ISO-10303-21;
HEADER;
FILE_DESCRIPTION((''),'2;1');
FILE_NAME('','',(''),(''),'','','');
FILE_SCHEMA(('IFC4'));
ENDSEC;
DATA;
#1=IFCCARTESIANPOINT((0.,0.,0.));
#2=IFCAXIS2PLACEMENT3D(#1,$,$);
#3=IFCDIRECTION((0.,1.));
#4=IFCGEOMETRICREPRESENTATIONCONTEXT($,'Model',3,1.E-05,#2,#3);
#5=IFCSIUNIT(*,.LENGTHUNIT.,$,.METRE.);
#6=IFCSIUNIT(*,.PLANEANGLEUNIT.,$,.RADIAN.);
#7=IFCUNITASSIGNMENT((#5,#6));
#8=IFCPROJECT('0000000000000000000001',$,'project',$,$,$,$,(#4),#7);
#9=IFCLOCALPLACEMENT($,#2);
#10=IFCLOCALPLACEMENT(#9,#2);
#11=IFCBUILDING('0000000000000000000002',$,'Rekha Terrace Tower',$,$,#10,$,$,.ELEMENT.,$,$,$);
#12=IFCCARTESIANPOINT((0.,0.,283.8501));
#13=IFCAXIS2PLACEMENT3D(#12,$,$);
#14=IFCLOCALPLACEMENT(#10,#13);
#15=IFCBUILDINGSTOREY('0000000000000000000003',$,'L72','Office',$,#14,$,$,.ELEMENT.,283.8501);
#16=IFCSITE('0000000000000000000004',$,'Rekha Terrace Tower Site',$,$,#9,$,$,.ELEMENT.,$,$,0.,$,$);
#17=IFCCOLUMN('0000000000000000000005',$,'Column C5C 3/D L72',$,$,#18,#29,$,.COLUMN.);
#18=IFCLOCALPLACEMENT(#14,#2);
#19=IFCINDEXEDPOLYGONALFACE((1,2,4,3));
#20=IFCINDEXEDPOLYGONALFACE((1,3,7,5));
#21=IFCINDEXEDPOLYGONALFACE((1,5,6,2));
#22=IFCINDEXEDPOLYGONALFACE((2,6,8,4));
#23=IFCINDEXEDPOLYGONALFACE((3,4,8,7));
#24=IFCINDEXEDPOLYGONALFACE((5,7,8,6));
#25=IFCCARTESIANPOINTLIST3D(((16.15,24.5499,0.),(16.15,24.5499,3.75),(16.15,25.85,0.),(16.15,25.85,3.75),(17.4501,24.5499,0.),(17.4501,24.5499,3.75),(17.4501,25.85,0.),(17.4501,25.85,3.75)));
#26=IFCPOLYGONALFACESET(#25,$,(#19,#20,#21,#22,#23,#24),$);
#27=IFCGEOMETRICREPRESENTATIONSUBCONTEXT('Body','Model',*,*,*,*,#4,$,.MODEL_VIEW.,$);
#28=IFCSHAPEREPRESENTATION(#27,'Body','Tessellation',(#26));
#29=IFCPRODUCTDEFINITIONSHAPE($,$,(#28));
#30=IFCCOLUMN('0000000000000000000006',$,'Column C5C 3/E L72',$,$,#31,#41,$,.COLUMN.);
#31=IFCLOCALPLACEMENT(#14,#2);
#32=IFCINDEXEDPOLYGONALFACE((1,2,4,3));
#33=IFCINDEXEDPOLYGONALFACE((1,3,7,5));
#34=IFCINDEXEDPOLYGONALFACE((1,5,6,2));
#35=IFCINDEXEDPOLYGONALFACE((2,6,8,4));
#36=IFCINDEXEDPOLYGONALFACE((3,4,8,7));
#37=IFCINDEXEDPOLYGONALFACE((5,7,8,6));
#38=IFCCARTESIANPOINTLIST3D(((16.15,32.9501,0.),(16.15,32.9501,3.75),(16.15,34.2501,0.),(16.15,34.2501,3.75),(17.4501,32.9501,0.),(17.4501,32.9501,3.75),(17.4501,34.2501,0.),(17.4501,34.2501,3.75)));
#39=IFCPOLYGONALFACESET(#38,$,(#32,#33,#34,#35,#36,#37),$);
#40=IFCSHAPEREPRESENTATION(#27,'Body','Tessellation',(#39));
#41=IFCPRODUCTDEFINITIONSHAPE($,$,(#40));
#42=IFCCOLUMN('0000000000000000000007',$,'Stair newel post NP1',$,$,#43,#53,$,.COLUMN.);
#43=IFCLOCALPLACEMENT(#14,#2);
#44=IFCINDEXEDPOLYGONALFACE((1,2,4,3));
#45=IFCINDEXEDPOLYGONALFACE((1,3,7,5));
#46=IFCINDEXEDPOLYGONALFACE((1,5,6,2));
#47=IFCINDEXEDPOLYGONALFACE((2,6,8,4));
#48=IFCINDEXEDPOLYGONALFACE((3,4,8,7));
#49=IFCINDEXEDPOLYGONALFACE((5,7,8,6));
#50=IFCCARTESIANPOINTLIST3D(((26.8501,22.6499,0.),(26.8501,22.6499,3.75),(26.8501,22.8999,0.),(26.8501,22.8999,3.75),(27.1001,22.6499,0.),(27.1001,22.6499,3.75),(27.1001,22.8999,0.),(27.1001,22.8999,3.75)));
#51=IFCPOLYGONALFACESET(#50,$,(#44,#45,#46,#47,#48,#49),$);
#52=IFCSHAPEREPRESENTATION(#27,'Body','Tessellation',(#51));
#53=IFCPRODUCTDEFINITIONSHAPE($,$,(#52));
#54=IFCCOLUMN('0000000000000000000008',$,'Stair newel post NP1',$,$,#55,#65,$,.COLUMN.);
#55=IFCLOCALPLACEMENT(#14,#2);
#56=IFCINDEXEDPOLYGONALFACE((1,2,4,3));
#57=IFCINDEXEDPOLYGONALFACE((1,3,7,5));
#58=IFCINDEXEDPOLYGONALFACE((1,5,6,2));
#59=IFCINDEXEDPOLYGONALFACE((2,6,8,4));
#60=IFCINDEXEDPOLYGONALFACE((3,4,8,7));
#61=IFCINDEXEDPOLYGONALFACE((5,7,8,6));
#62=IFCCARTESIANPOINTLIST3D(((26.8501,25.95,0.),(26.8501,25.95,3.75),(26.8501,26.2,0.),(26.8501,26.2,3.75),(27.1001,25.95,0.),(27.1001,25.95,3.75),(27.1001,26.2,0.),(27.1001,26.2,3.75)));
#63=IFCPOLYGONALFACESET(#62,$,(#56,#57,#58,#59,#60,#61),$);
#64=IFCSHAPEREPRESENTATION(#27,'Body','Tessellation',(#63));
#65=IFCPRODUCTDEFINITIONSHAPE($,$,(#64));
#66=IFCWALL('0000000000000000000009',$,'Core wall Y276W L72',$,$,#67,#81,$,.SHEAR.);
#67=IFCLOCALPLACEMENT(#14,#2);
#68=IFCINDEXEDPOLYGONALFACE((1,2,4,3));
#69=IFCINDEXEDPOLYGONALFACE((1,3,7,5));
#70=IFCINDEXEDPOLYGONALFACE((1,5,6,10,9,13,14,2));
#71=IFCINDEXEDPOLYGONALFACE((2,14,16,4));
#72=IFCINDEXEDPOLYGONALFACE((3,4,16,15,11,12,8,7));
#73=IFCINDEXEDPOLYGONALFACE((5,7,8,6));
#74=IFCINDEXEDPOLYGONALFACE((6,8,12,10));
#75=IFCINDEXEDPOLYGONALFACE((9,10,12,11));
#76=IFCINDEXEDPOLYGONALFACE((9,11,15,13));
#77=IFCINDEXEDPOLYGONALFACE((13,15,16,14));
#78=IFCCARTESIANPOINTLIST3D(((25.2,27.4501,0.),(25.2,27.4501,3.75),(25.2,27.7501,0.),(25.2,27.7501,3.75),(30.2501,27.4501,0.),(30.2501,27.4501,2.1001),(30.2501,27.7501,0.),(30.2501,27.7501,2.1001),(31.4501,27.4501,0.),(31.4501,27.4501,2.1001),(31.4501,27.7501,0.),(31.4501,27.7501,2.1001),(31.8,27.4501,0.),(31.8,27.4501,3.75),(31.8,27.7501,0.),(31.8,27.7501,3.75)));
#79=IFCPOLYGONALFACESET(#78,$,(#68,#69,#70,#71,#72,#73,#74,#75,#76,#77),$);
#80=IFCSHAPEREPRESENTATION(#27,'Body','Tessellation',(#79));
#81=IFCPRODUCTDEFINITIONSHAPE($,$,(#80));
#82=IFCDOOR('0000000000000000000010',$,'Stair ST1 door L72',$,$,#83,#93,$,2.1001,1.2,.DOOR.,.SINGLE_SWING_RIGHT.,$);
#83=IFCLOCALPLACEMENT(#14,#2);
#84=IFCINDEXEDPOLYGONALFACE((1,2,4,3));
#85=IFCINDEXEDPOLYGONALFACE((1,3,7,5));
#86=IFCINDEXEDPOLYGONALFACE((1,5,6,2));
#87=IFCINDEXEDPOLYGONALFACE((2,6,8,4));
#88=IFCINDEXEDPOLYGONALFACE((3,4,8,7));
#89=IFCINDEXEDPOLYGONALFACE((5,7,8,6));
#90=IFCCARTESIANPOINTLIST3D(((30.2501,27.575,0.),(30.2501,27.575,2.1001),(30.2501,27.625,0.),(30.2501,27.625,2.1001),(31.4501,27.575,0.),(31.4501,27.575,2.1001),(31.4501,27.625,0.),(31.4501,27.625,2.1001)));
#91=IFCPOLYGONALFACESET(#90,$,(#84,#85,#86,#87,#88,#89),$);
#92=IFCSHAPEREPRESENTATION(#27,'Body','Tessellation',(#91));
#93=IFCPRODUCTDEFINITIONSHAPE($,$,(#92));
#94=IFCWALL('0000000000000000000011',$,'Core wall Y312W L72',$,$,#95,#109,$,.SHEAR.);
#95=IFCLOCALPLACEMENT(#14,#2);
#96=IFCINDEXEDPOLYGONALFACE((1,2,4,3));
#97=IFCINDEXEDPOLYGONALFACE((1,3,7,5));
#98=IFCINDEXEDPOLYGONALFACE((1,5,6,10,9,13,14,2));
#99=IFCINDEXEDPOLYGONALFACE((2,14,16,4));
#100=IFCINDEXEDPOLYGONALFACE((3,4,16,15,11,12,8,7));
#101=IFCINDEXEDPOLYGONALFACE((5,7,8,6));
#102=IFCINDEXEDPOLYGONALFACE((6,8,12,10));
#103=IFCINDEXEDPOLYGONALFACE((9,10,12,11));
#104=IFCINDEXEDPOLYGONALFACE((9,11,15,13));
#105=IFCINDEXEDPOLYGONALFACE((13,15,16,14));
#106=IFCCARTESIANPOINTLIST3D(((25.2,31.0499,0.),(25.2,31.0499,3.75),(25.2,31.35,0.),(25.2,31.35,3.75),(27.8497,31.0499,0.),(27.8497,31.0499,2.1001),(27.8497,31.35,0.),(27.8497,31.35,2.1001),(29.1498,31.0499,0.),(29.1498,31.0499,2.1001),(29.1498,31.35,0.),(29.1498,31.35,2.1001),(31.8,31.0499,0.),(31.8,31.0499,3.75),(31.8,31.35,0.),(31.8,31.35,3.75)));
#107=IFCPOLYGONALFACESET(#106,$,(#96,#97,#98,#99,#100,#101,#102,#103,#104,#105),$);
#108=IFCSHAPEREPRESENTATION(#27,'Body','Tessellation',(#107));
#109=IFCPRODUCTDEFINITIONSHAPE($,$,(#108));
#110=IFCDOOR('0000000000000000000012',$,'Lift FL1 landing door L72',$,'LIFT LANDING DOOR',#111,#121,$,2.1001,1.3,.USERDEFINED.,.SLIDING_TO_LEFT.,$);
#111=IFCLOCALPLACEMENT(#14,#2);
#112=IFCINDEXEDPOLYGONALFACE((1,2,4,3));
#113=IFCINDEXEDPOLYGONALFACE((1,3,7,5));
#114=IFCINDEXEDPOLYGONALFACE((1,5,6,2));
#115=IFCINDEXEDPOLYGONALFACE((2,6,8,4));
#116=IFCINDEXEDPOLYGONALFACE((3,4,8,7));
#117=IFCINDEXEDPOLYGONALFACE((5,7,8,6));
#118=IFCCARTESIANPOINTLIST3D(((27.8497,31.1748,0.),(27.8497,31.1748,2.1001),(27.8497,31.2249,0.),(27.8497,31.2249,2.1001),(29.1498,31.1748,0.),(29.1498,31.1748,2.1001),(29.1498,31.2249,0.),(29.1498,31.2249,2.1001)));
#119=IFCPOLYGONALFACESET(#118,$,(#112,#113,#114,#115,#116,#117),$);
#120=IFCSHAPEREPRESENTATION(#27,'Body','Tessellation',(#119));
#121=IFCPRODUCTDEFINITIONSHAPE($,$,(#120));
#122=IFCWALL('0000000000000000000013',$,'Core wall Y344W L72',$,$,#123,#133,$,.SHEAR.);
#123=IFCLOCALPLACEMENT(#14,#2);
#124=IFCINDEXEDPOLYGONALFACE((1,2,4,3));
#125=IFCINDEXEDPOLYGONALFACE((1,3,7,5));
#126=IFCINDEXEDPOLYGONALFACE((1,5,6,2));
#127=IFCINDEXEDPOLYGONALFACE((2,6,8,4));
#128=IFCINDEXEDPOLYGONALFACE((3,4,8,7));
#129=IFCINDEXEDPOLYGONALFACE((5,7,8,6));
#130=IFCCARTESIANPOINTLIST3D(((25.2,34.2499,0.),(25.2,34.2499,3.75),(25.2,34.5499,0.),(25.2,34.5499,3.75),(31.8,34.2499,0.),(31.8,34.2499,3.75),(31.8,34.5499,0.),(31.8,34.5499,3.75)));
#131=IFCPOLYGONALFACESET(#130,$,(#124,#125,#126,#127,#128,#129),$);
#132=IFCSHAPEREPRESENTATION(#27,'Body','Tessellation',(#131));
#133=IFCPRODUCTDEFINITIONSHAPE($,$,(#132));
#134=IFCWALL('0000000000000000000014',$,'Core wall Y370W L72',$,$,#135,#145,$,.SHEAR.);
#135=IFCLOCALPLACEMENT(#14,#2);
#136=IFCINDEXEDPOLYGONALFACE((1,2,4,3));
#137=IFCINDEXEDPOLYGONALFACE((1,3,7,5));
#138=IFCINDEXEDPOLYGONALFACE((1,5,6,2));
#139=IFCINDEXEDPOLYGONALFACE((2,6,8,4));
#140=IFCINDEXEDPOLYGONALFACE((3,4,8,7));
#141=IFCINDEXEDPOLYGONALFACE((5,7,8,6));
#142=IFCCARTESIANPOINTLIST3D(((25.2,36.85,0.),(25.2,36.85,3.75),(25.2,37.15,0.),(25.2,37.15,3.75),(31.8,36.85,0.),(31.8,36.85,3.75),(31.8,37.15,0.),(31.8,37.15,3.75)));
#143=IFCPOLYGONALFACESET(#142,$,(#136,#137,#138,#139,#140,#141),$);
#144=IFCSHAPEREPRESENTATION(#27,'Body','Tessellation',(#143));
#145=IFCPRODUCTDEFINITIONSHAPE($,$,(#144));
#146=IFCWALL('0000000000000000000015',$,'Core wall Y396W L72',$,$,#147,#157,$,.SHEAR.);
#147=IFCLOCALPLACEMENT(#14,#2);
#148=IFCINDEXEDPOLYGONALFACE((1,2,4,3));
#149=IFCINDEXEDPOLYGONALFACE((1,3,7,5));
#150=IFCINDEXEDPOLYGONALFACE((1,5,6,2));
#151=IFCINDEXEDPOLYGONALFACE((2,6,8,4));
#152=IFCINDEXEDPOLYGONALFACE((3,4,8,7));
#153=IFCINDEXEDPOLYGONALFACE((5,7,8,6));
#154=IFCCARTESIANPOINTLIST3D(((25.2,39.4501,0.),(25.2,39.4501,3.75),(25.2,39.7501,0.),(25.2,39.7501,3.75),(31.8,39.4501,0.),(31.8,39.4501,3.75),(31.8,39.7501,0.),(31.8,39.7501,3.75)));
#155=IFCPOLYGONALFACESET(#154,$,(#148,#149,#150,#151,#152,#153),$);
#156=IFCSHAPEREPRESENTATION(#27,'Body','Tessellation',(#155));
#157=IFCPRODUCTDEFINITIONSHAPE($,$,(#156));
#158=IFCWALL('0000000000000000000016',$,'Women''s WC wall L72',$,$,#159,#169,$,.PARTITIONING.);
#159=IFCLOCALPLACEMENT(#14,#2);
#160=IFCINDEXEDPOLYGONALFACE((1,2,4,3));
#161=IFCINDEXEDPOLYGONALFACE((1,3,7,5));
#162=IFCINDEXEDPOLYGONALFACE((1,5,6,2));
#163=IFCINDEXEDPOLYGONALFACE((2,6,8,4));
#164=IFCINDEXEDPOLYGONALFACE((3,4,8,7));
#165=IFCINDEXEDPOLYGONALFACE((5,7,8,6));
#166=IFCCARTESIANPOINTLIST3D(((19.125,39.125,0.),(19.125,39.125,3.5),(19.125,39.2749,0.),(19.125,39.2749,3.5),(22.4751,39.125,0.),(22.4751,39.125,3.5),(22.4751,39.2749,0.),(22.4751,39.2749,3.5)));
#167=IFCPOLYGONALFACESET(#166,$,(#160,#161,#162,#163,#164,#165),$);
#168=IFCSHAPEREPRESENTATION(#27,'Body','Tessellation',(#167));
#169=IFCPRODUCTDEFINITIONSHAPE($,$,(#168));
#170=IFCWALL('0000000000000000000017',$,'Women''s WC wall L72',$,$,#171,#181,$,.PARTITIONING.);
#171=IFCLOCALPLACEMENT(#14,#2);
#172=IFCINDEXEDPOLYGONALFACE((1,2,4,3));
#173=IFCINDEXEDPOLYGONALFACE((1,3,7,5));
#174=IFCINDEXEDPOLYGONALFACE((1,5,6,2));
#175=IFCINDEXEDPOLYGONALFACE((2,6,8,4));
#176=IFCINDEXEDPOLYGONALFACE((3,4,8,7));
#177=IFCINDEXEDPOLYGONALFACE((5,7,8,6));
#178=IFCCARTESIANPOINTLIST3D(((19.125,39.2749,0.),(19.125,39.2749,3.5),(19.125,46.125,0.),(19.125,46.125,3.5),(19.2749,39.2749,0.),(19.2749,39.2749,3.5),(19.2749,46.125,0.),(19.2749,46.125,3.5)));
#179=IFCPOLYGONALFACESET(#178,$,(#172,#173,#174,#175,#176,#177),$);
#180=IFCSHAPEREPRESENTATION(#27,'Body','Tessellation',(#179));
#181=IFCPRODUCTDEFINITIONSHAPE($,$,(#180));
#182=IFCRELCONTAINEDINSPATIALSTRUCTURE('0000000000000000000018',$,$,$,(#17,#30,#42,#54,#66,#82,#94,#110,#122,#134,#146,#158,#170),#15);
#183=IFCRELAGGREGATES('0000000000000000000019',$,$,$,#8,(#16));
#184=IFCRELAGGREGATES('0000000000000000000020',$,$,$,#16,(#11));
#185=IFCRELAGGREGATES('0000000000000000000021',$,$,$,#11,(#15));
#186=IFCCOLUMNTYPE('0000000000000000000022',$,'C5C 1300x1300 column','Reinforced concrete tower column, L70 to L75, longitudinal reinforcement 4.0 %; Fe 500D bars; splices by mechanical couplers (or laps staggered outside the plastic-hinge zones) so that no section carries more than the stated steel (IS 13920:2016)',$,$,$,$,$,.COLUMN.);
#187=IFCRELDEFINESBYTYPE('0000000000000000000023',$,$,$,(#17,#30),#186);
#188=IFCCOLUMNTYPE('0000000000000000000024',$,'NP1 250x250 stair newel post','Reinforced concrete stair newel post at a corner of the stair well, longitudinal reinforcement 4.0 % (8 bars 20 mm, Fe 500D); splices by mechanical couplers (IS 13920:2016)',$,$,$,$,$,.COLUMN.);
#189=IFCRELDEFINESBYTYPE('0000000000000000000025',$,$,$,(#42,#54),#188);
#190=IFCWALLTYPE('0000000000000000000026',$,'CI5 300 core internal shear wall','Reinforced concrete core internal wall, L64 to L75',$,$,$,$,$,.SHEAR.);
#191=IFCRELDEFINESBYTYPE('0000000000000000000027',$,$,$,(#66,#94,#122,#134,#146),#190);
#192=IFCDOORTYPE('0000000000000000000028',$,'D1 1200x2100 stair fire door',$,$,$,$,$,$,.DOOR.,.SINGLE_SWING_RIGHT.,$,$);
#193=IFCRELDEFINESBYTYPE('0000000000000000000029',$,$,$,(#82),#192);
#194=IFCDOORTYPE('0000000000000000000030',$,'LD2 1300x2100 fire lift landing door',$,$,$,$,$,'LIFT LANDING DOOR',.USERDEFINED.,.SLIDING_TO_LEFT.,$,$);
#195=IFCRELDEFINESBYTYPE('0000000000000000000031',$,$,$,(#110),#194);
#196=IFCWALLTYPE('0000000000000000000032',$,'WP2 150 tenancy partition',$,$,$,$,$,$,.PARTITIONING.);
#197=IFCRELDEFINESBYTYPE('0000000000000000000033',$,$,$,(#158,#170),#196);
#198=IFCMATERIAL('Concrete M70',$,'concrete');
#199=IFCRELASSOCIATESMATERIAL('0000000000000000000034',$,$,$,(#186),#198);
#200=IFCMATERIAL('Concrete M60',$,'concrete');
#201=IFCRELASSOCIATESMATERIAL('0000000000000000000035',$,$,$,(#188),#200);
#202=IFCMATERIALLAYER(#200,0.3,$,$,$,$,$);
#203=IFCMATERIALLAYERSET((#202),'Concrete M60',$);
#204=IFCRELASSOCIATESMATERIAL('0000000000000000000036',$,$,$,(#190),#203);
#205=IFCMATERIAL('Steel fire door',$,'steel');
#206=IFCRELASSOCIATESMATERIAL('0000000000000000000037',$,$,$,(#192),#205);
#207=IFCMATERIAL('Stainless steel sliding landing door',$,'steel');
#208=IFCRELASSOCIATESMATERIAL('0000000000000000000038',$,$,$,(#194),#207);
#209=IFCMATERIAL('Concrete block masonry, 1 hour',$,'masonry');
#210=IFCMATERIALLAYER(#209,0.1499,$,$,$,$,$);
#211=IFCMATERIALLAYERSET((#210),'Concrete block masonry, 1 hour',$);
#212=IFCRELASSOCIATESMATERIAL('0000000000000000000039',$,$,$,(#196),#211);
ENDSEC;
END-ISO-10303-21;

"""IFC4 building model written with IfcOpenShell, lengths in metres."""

from ifc_helpers import new_model, si_unit, direction, frame, frame_2d, origin, origin_2d, place, context, subcontext, project, spatial, rectangle, extrude, material, layer, layer_set, material_profile, profile_set, type_object, element, fill, save


model = new_model("IFC4")

# Units and contexts
model_context = context("Model", 3, precision=1e-05, world=origin(), true_north=direction((0.0, 1.0)))
body_context = subcontext(model_context, "Body", "Model", "MODEL_VIEW")
ifc_project = project(units=[si_unit("LENGTHUNIT", "METRE"), si_unit("PLANEANGLEUNIT", "RADIAN")], contexts=[model_context])

# Site, building, storey
site_placement = place(None, origin())
site = spatial("IfcSite", under=ifc_project, at=site_placement, Name="Rekha Terrace Tower Site", CompositionType="ELEMENT", RefElevation=0.0)
building_placement = place(site_placement, origin())
building = spatial("IfcBuilding", under=site, at=building_placement, Name="Rekha Terrace Tower", CompositionType="ELEMENT")
storey_placement = place(building_placement, frame((0.0, 0.0, 283.8501)))
storey = spatial("IfcBuildingStorey", under=building, at=storey_placement, Name="L72", Description="Office", CompositionType="ELEMENT", Elevation=283.8501)

# Columns
ifc_material_1 = material(Name="Concrete M70", Category="concrete")
ifc_material_profile_1 = material_profile(ifc_material_1, rectangle(XDim=1.3, YDim=1.3, at=origin_2d()), Name="RC 1300x1300")
ifc_profile_set_1 = profile_set([ifc_material_profile_1], Name="Concrete M70")
column_type_1 = type_object("IfcColumnType", Name="C5C 1300x1300 column", Description="Reinforced concrete tower column, L70 to L75, longitudinal reinforcement 4.0 %; Fe 500D bars; splices by mechanical couplers (or laps staggered outside the plastic-hinge zones) so that no section carries more than the stated steel (IS 13920:2016)", PredefinedType="COLUMN", material=ifc_profile_set_1)
for number, where, z_axis, x_axis, name in (
    (1, (16.8, 25.2, 0.0), (0.0, 0.0, 1.0), (1.0, 0.0, 0.0), "Column C5C 3/D L72"),
    (2, (16.8, 33.6001, 0.0), (0.0, 0.0, 1.0), (1.0, 0.0, 0.0), "Column C5C 3/E L72"),
):
    element("IfcColumn", number, at=place(storey_placement, frame(where, z_axis=z_axis, x_axis=x_axis)), inside=storey, type_object=column_type_1, Name=name, PredefinedType="COLUMN", context=body_context, shape_type="SweptSolid", body=[
        extrude(rectangle(XDim=1.3, YDim=1.3, at=origin_2d()), origin(), (0.0, 0.0, 1.0), 3.75),
    ])
ifc_material_2 = material(Name="Concrete M60", Category="concrete")
ifc_material_profile_2 = material_profile(ifc_material_2, rectangle(XDim=0.25, YDim=0.25, at=origin_2d()), Name="RC 250x250")
ifc_profile_set_2 = profile_set([ifc_material_profile_2], Name="Concrete M60")
column_type_2 = type_object("IfcColumnType", Name="NP1 250x250 stair newel post", Description="Reinforced concrete stair newel post at a corner of the stair well, longitudinal reinforcement 4.0 % (8 bars 20 mm, Fe 500D); splices by mechanical couplers (IS 13920:2016)", PredefinedType="COLUMN", material=ifc_profile_set_2)
for number, where, z_axis, x_axis, name in (
    (3, (26.9751, 22.7749, 0.0), (0.0, 0.0, 1.0), (1.0, 0.0, 0.0), "Stair newel post NP1"),
    (4, (26.9751, 26.075, 0.0), (0.0, 0.0, 1.0), (1.0, 0.0, 0.0), "Stair newel post NP1"),
):
    element("IfcColumn", number, at=place(storey_placement, frame(where, z_axis=z_axis, x_axis=x_axis)), inside=storey, type_object=column_type_2, Name=name, PredefinedType="COLUMN", context=body_context, shape_type="SweptSolid", body=[
        extrude(rectangle(XDim=0.25, YDim=0.25, at=origin_2d()), origin(), (0.0, 0.0, 1.0), 3.75),
    ])

# Walls, openings, doors
ifc_layer_1 = layer(ifc_material_2, 0.3)
ifc_layer_set_1 = layer_set([ifc_layer_1], Name="Concrete M60")
wall_type_1 = type_object("IfcWallType", Name="CI5 300 core internal shear wall", Description="Reinforced concrete core internal wall, L64 to L75", PredefinedType="SHEAR", material=ifc_layer_set_1)
wall_1_placement = place(storey_placement, frame((25.2, 27.6001, 0.0), z_axis=(0.0, 0.0, 1.0), x_axis=(1.0, 0.0, 0.0)))
wall_1 = element("IfcWall", 5, at=wall_1_placement, inside=storey, type_object=wall_type_1, Name="Core wall Y276W L72", PredefinedType="SHEAR", context=body_context, shape_type="SweptSolid", body=[
    extrude(rectangle(XDim=6.6001, YDim=0.3, at=frame_2d((3.3, 0.0))), origin(), (0.0, 0.0, 1.0), 3.75),
])
opening_1_placement = place(wall_1_placement, frame((5.05, 0.0, 0.0)))
opening_1 = element("IfcOpeningElement", 6, at=opening_1_placement, cuts=wall_1, PredefinedType="OPENING", context=body_context, shape_type="SweptSolid", body=[
    extrude(rectangle(XDim=1.2, YDim=2.1001, at=frame_2d((0.6001, 1.05))), frame((0.0, 0.1599, 0.0), z_axis=(0.0, -1.0, 0.0), x_axis=(1.0, 0.0, 0.0)), (0.0, 0.0, 1.0), 0.3201),
])
ifc_material_3 = material(Name="Steel fire door", Category="steel")
door_type_1 = type_object("IfcDoorType", Name="D1 1200x2100 stair fire door", OperationType="SINGLE_SWING_RIGHT", PredefinedType="DOOR", material=ifc_material_3)
door_1_placement = place(opening_1_placement, origin())
door_1 = element("IfcDoor", 7, at=door_1_placement, inside=storey, type_object=door_type_1, Name="Stair ST1 door L72", OperationType="SINGLE_SWING_RIGHT", OverallHeight=2.1001, OverallWidth=1.2, PredefinedType="DOOR", context=body_context, shape_type="SweptSolid", body=[
    extrude(rectangle(XDim=1.2, YDim=2.1001, at=frame_2d((0.6001, 1.05))), frame((0.0, 0.0249, 0.0), z_axis=(0.0, -1.0, 0.0), x_axis=(1.0, 0.0, 0.0)), (0.0, 0.0, 1.0), 0.05),
])
fill(opening_1, door_1)
wall_2_placement = place(storey_placement, frame((25.2, 31.2, 0.0), z_axis=(0.0, 0.0, 1.0), x_axis=(1.0, 0.0, 0.0)))
wall_2 = element("IfcWall", 8, at=wall_2_placement, inside=storey, type_object=wall_type_1, Name="Core wall Y312W L72", PredefinedType="SHEAR", context=body_context, shape_type="SweptSolid", body=[
    extrude(rectangle(XDim=6.6001, YDim=0.3, at=frame_2d((3.3, 0.0))), origin(), (0.0, 0.0, 1.0), 3.75),
])
opening_2_placement = place(wall_2_placement, frame((2.6499, 0.0, 0.0)))
opening_2 = element("IfcOpeningElement", 9, at=opening_2_placement, cuts=wall_2, PredefinedType="OPENING", context=body_context, shape_type="SweptSolid", body=[
    extrude(rectangle(XDim=1.3, YDim=2.1001, at=frame_2d((0.6499, 1.05))), frame((0.0, 0.1599, 0.0), z_axis=(0.0, -1.0, 0.0), x_axis=(1.0, 0.0, 0.0)), (0.0, 0.0, 1.0), 0.3201),
])
ifc_material_4 = material(Name="Stainless steel sliding landing door", Category="steel")
door_type_2 = type_object("IfcDoorType", Name="LD2 1300x2100 fire lift landing door", ElementType="LIFT LANDING DOOR", OperationType="SLIDING_TO_LEFT", PredefinedType="USERDEFINED", material=ifc_material_4)
door_2_placement = place(opening_2_placement, origin())
door_2 = element("IfcDoor", 10, at=door_2_placement, inside=storey, type_object=door_type_2, Name="Lift FL1 landing door L72", ObjectType="LIFT LANDING DOOR", OperationType="SLIDING_TO_LEFT", OverallHeight=2.1001, OverallWidth=1.3, PredefinedType="USERDEFINED", context=body_context, shape_type="SweptSolid", body=[
    extrude(rectangle(XDim=1.3, YDim=2.1001, at=frame_2d((0.6499, 1.05))), frame((0.0, 0.0249, 0.0), z_axis=(0.0, -1.0, 0.0), x_axis=(1.0, 0.0, 0.0)), (0.0, 0.0, 1.0), 0.05),
])
fill(opening_2, door_2)

# Walls
for number, where, z_axis, x_axis, name in (
    (11, (25.2, 34.3999, 0.0), (0.0, 0.0, 1.0), (1.0, 0.0, 0.0), "Core wall Y344W L72"),
    (12, (25.2, 37.0, 0.0), (0.0, 0.0, 1.0), (1.0, 0.0, 0.0), "Core wall Y370W L72"),
    (13, (25.2, 39.6001, 0.0), (0.0, 0.0, 1.0), (1.0, 0.0, 0.0), "Core wall Y396W L72"),
):
    element("IfcWall", number, at=place(storey_placement, frame(where, z_axis=z_axis, x_axis=x_axis)), inside=storey, type_object=wall_type_1, Name=name, PredefinedType="SHEAR", context=body_context, shape_type="SweptSolid", body=[
        extrude(rectangle(XDim=6.6001, YDim=0.3, at=frame_2d((3.3, 0.0))), origin(), (0.0, 0.0, 1.0), 3.75),
    ])
ifc_material_5 = material(Name="Concrete block masonry, 1 hour", Category="masonry")
ifc_layer_2 = layer(ifc_material_5, 0.1499)
ifc_layer_set_2 = layer_set([ifc_layer_2], Name="Concrete block masonry, 1 hour")
wall_type_2 = type_object("IfcWallType", Name="WP2 150 tenancy partition", PredefinedType="PARTITIONING", material=ifc_layer_set_2)
wall_3_placement = place(storey_placement, frame((19.125, 39.2, 0.0), z_axis=(0.0, 0.0, 1.0), x_axis=(1.0, 0.0, 0.0)))
element("IfcWall", 14, at=wall_3_placement, inside=storey, type_object=wall_type_2, Name="Women's WC wall L72", PredefinedType="PARTITIONING", context=body_context, shape_type="SweptSolid", body=[
    extrude(rectangle(XDim=3.3501, YDim=0.1499, at=frame_2d((1.675, 0.0))), origin(), (0.0, 0.0, 1.0), 3.5),
])
wall_4_placement = place(storey_placement, frame((19.2, 39.2749, 0.0), z_axis=(0.0, 0.0, 1.0), x_axis=(0.0, 1.0, 0.0)))
element("IfcWall", 15, at=wall_4_placement, inside=storey, type_object=wall_type_2, Name="Women's WC wall L72", PredefinedType="PARTITIONING", context=body_context, shape_type="SweptSolid", body=[
    extrude(rectangle(XDim=6.8501, YDim=0.1499, at=frame_2d((3.425, 0.0))), origin(), (0.0, 0.0, 1.0), 3.5),
])

save(model, "model.ifc")
